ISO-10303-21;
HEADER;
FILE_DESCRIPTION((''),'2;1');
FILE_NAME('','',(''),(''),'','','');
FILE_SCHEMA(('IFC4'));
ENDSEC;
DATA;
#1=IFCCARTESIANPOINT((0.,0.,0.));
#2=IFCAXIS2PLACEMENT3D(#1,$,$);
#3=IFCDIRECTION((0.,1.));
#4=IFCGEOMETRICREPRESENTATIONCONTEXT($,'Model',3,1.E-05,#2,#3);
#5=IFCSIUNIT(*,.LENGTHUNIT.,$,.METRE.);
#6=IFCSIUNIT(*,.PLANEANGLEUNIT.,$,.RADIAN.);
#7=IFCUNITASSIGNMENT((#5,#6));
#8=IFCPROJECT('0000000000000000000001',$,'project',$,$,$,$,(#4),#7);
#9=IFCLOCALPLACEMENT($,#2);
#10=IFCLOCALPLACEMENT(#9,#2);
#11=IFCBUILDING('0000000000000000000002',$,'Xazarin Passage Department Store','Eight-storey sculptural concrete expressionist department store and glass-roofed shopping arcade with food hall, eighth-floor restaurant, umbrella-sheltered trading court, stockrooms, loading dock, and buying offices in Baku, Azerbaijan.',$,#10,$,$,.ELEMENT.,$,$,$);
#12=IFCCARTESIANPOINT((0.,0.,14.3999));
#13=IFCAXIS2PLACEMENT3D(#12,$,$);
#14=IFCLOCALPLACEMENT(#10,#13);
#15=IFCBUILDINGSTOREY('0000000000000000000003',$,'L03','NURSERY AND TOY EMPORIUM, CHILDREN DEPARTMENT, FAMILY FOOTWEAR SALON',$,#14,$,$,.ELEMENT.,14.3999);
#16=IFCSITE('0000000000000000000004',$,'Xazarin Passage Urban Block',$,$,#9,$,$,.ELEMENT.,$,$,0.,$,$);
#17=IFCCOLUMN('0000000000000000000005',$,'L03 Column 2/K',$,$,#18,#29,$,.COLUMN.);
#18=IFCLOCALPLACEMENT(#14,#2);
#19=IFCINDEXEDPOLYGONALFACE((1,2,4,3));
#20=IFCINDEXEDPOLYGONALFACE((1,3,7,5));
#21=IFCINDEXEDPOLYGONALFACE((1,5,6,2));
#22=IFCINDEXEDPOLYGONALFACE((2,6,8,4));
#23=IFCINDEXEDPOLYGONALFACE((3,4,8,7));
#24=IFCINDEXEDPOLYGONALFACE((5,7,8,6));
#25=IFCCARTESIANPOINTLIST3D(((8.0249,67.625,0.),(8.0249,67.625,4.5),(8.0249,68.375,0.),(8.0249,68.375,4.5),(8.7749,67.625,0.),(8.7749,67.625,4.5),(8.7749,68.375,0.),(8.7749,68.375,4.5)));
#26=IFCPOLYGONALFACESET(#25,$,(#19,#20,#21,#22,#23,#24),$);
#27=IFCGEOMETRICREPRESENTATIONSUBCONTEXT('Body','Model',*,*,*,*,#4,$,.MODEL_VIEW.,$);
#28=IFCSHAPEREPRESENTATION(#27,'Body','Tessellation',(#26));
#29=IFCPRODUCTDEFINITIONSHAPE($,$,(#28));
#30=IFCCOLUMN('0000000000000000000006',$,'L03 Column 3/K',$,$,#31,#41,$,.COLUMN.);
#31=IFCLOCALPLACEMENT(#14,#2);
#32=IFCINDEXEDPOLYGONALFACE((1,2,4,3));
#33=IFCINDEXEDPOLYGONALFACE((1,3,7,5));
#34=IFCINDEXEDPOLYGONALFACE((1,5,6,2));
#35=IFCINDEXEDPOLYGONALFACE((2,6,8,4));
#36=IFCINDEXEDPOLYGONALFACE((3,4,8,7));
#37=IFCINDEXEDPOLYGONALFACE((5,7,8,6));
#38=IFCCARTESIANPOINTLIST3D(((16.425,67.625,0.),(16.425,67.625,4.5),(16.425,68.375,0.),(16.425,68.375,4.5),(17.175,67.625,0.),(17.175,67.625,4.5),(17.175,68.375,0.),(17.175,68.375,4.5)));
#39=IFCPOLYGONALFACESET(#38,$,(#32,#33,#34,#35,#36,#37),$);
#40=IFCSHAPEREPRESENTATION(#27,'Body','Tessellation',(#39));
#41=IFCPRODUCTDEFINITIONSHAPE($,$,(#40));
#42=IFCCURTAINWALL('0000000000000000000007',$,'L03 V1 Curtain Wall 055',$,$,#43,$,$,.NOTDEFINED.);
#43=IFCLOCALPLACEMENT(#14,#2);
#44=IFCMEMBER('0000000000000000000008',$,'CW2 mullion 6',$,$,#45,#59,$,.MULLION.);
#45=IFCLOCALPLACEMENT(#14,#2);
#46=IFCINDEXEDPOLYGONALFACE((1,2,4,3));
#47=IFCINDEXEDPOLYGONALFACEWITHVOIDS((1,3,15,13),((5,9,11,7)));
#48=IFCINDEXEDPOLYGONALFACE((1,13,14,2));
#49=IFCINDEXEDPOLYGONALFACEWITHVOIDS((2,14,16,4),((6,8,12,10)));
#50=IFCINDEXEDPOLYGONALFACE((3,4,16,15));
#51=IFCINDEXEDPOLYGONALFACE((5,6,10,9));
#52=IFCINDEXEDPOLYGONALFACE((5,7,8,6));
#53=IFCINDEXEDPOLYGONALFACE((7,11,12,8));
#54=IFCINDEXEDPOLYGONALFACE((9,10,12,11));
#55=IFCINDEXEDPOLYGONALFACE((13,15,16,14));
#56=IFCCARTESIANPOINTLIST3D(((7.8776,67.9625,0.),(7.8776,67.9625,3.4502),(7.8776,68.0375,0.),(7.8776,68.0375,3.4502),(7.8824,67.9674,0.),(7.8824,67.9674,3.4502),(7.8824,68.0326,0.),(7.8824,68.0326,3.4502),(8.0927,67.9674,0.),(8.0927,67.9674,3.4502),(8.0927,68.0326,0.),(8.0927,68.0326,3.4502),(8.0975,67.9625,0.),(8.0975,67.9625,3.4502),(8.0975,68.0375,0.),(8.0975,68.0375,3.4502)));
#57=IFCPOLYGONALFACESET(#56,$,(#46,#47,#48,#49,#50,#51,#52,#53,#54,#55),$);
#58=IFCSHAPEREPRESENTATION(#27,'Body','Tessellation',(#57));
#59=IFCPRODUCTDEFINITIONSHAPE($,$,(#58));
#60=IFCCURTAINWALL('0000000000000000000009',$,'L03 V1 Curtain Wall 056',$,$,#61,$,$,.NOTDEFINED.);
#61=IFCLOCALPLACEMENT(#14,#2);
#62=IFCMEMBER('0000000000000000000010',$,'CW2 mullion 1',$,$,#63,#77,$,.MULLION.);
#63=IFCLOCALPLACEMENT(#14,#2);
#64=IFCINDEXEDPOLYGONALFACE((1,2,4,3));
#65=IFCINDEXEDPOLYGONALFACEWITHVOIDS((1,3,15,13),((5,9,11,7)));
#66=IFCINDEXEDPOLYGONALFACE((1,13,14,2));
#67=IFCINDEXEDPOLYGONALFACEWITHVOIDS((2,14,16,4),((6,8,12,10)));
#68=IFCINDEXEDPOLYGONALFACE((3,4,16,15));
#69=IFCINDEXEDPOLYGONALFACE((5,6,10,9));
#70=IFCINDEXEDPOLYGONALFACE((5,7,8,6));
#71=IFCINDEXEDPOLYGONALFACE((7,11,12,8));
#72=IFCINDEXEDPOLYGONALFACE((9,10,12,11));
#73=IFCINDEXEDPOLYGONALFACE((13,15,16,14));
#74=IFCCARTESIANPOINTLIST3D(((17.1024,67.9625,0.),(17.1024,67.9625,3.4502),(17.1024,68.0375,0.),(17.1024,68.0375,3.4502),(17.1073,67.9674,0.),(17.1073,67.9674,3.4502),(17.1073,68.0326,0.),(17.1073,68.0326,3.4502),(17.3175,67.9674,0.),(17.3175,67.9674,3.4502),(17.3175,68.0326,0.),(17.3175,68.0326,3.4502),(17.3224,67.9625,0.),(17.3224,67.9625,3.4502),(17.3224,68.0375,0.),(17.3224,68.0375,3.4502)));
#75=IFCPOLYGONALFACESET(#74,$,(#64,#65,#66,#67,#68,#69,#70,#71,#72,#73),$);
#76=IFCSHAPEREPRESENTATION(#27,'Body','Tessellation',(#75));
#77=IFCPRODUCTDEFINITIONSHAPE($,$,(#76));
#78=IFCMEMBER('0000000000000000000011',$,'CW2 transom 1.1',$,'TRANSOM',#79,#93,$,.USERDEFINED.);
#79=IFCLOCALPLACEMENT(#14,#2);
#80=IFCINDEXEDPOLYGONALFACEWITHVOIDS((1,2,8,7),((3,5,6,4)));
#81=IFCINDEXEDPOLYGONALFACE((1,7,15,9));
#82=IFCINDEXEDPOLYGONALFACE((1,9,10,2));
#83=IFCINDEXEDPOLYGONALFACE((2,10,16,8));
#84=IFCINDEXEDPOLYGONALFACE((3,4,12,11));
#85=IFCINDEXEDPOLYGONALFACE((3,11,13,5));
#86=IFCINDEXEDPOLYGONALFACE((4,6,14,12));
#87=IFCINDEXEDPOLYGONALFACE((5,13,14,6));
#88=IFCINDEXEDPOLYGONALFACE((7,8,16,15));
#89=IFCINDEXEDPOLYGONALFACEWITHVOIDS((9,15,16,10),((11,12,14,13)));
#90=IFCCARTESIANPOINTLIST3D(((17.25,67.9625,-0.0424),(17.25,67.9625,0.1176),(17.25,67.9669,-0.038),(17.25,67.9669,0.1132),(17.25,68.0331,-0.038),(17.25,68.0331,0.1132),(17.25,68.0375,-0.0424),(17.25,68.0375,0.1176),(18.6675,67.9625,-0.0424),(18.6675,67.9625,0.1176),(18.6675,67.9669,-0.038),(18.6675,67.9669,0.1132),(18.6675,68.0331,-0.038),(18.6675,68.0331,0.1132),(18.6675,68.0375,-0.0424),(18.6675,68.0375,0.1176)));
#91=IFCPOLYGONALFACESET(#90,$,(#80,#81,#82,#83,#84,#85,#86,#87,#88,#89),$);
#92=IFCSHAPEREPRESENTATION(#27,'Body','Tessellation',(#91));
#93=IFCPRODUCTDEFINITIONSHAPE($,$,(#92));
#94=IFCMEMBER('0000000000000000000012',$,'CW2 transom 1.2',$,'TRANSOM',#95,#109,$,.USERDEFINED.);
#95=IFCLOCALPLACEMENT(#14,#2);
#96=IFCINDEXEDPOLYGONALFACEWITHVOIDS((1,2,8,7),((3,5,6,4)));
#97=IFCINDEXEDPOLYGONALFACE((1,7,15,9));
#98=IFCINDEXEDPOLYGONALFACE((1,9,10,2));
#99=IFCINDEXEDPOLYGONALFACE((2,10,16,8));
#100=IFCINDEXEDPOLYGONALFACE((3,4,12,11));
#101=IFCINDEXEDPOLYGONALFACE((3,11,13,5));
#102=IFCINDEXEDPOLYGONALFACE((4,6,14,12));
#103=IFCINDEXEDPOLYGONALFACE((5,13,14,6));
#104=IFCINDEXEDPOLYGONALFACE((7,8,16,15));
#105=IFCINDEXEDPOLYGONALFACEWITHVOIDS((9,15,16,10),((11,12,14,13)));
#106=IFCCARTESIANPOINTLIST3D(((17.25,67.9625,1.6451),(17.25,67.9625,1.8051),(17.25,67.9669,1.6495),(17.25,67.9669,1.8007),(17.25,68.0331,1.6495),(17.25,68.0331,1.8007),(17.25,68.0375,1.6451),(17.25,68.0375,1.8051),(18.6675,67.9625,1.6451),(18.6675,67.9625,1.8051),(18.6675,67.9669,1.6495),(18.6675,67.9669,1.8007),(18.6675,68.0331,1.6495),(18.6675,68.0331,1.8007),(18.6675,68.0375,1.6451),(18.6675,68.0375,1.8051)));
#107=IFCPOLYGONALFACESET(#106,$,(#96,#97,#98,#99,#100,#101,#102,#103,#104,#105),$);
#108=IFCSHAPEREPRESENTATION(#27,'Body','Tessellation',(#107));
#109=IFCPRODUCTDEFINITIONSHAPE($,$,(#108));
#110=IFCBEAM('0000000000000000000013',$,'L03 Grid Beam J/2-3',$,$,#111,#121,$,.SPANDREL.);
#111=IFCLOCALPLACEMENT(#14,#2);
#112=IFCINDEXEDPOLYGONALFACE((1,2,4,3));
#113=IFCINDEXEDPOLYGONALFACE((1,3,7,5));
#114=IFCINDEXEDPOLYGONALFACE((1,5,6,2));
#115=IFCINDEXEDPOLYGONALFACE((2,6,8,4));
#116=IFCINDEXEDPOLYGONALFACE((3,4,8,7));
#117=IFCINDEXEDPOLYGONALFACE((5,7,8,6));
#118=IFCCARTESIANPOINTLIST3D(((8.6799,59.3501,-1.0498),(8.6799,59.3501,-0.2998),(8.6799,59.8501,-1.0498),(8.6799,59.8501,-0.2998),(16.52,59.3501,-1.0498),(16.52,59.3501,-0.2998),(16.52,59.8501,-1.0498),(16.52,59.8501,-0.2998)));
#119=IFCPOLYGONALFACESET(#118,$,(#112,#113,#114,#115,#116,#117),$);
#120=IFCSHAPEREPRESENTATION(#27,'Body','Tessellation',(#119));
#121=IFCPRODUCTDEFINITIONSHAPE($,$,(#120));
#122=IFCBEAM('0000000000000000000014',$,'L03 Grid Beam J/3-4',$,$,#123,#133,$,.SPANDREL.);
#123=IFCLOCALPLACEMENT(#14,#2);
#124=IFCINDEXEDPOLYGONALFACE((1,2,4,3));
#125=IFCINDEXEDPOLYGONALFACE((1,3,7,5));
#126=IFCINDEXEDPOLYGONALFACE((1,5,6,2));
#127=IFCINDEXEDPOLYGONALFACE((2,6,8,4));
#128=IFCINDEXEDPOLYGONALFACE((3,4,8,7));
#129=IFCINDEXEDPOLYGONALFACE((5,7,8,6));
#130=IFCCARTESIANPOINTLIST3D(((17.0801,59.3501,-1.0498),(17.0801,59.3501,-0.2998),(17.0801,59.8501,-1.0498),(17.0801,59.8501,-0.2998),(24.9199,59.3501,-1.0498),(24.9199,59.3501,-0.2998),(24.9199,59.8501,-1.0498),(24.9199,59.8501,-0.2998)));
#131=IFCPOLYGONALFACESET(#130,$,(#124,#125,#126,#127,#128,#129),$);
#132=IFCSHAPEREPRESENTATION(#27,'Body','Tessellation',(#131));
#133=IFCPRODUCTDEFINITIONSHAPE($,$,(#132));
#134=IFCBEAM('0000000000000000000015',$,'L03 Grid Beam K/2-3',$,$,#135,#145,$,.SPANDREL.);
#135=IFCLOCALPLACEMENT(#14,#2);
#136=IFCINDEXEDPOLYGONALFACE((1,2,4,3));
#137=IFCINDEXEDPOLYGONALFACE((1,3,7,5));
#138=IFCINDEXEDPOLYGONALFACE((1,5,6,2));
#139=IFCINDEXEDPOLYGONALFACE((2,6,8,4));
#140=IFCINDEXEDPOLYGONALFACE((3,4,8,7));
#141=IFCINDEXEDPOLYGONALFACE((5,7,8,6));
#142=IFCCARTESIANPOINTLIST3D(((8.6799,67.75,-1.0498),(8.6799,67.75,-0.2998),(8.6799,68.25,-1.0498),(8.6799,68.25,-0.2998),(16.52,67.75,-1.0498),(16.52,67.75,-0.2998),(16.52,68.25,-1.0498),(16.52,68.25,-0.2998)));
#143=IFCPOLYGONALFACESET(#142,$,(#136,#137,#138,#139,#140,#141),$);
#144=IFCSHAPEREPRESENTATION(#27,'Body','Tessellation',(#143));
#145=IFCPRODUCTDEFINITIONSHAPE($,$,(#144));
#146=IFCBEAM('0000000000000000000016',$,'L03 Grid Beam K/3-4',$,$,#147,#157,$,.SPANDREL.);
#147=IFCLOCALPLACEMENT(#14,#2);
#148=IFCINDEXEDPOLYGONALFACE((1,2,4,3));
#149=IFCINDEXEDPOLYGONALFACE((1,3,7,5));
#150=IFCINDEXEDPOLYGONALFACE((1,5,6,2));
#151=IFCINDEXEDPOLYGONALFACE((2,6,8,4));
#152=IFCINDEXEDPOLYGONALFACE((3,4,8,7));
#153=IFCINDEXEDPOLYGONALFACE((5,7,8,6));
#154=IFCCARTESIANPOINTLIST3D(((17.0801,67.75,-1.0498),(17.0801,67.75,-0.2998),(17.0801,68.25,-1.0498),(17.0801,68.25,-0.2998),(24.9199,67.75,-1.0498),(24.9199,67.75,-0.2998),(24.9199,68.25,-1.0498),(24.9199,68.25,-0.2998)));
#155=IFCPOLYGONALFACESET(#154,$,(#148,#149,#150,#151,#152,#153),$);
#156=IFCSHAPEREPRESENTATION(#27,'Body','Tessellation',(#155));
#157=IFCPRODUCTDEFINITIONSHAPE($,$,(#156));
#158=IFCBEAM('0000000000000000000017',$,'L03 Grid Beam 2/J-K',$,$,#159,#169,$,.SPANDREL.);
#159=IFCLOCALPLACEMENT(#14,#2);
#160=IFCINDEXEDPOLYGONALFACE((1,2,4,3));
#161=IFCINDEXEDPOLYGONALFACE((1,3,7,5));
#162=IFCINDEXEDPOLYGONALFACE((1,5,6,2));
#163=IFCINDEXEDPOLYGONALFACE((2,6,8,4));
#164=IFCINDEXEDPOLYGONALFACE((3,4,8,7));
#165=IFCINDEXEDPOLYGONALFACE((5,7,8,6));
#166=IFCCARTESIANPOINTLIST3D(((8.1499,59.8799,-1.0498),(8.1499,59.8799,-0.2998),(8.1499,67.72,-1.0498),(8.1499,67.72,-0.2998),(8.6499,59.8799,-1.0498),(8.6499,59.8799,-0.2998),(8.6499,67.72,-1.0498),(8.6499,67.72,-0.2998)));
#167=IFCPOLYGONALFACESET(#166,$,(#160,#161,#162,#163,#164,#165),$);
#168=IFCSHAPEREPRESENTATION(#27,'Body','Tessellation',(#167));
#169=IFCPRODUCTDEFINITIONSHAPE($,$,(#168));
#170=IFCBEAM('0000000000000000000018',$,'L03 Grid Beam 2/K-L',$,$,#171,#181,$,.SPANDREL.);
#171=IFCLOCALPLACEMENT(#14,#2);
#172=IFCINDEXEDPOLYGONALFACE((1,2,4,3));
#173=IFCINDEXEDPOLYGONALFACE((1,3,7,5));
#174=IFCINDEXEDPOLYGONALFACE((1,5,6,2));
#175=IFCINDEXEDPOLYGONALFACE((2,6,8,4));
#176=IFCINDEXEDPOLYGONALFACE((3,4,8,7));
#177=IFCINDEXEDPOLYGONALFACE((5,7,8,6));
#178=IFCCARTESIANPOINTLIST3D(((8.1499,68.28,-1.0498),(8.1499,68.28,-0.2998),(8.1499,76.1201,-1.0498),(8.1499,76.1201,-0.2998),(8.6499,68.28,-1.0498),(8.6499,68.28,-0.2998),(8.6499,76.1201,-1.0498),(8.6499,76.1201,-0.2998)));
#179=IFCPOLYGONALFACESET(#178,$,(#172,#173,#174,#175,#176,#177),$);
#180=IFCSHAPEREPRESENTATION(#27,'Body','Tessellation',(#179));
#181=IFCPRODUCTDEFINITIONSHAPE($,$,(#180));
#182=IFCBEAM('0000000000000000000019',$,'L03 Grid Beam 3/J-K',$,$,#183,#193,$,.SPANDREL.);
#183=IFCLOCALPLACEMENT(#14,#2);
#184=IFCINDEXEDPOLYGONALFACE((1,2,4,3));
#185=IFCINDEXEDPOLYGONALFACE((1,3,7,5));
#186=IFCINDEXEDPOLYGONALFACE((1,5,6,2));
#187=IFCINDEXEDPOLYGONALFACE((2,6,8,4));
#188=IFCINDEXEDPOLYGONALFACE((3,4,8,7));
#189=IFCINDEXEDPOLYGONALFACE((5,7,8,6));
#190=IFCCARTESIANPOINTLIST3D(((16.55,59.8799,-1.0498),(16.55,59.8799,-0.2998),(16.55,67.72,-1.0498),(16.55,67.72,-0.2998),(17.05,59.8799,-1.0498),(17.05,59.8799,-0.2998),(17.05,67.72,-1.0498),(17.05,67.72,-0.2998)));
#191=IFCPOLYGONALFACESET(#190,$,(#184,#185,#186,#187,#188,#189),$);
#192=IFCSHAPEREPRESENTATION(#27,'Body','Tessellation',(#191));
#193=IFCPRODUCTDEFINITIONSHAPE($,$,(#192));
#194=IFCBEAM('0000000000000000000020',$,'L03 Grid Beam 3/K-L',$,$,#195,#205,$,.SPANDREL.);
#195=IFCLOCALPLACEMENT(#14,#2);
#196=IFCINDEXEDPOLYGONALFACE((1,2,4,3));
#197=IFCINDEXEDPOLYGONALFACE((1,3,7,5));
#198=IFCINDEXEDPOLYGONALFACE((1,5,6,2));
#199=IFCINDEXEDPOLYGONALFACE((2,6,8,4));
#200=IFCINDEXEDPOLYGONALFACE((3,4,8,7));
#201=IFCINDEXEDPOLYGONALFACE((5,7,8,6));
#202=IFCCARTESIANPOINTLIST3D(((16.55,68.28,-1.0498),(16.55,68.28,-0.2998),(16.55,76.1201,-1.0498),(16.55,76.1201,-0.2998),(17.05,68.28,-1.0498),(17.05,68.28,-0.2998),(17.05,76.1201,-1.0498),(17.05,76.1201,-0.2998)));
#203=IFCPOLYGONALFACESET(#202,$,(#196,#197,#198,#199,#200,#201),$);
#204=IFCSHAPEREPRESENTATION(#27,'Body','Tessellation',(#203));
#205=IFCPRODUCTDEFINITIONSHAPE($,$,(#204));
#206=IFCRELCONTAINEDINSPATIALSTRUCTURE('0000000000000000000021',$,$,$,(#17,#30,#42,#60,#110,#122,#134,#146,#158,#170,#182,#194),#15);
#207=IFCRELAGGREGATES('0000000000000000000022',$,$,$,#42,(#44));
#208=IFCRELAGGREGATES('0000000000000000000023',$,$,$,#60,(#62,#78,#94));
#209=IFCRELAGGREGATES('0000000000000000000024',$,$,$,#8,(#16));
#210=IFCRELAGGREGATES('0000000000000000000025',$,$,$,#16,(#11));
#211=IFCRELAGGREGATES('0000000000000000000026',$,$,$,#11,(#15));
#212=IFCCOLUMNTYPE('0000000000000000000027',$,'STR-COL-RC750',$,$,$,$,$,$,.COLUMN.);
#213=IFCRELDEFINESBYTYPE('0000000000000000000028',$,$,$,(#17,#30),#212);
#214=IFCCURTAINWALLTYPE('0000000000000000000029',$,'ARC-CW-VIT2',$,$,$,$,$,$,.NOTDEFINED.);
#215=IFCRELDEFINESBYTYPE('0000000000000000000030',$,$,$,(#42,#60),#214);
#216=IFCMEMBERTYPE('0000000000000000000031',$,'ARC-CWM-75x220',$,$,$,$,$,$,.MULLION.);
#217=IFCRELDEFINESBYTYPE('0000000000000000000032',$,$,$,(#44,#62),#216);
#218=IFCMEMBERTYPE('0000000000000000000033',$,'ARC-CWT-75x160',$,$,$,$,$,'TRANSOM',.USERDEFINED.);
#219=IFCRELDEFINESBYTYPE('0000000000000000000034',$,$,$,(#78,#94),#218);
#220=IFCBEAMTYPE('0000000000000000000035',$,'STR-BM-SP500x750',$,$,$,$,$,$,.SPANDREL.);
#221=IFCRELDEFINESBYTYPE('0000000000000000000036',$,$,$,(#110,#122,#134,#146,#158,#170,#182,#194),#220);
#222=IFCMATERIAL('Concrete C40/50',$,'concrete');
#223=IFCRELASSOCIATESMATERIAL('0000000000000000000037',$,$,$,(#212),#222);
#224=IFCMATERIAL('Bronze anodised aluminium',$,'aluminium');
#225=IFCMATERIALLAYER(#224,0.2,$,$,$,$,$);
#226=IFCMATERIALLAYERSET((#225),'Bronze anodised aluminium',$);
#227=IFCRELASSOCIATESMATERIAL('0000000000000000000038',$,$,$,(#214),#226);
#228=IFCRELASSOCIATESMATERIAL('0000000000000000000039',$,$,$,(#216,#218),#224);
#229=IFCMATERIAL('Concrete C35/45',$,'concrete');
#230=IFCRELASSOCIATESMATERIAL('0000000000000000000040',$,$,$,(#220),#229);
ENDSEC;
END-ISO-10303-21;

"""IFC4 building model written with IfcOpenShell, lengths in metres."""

from ifc_helpers import new_model, si_unit, direction, frame, origin, origin_2d, place, context, subcontext, project, spatial, rectangle, hollow_rectangle, extrude, material, layer, layer_set, material_profile, profile_set, type_object, element, aggregate, save


model = new_model("IFC4")

# Units and contexts
model_context = context("Model", 3, precision=1e-05, world=origin(), true_north=direction((0.0, 1.0)))
body_context = subcontext(model_context, "Body", "Model", "MODEL_VIEW")
ifc_project = project(units=[si_unit("LENGTHUNIT", "METRE"), si_unit("PLANEANGLEUNIT", "RADIAN")], contexts=[model_context])

# Site, building, storey
site_placement = place(None, origin())
site = spatial("IfcSite", under=ifc_project, at=site_placement, Name="Xazarin Passage Urban Block", CompositionType="ELEMENT", RefElevation=0.0)
building_placement = place(site_placement, origin())
building = spatial("IfcBuilding", under=site, at=building_placement, Name="Xazarin Passage Department Store", Description="Eight-storey sculptural concrete expressionist department store and glass-roofed shopping arcade with food hall, eighth-floor restaurant, umbrella-sheltered trading court, stockrooms, loading dock, and buying offices in Baku, Azerbaijan.", CompositionType="ELEMENT")
storey_placement = place(building_placement, frame((0.0, 0.0, 14.3999)))
storey = spatial("IfcBuildingStorey", under=building, at=storey_placement, Name="L03", Description="NURSERY AND TOY EMPORIUM, CHILDREN DEPARTMENT, FAMILY FOOTWEAR SALON", CompositionType="ELEMENT", Elevation=14.3999)

# Columns
ifc_material_1 = material(Name="Concrete C40/50", Category="concrete")
ifc_material_profile_1 = material_profile(ifc_material_1, rectangle(XDim=0.75, YDim=0.75, at=origin_2d()), Name="RC 750x750")
ifc_profile_set_1 = profile_set([ifc_material_profile_1], Name="Concrete C40/50")
column_type = type_object("IfcColumnType", Name="STR-COL-RC750", PredefinedType="COLUMN", material=ifc_profile_set_1)
for number, where, z_axis, x_axis, name in (
    (1, (8.3999, 68.0, 0.0), (0.0, 0.0, 1.0), (1.0, 0.0, 0.0), "L03 Column 2/K"),
    (2, (16.8, 68.0, 0.0), (0.0, 0.0, 1.0), (1.0, 0.0, 0.0), "L03 Column 3/K"),
):
    element("IfcColumn", number, at=place(storey_placement, frame(where, z_axis=z_axis, x_axis=x_axis)), inside=storey, type_object=column_type, Name=name, PredefinedType="COLUMN", context=body_context, shape_type="SweptSolid", body=[
        extrude(rectangle(XDim=0.75, YDim=0.75, at=origin_2d()), origin(), (0.0, 0.0, 1.0), 4.5),
    ])

# Curtain wall, member
ifc_material_2 = material(Name="Bronze anodised aluminium", Category="aluminium")
ifc_layer_1 = layer(ifc_material_2, 0.2)
ifc_layer_set_1 = layer_set([ifc_layer_1], Name="Bronze anodised aluminium")
curtain_wall_type = type_object("IfcCurtainWallType", Name="ARC-CW-VIT2", PredefinedType="NOTDEFINED", material=ifc_layer_set_1)
curtain_wall_1_placement = place(storey_placement, origin())
curtain_wall_1 = element("IfcCurtainWall", 3, at=curtain_wall_1_placement, inside=storey, type_object=curtain_wall_type, Name="L03 V1 Curtain Wall 055", PredefinedType="NOTDEFINED")
ifc_material_profile_2 = material_profile(ifc_material_2, hollow_rectangle(XDim=0.075, YDim=0.22, WallThickness=0.0049, at=origin_2d()), Name="ALU 75x220")
ifc_profile_set_2 = profile_set([ifc_material_profile_2], Name="Bronze anodised aluminium")
member_type_1 = type_object("IfcMemberType", Name="ARC-CWM-75x220", PredefinedType="MULLION", material=ifc_profile_set_2)
member_1_placement = place(storey_placement, frame((7.9875, 68.0, 0.0), z_axis=(0.0, 0.0, 1.0), x_axis=(0.0, 1.0, 0.0)))
member_1 = element("IfcMember", 4, at=member_1_placement, type_object=member_type_1, Name="CW2 mullion 6", PredefinedType="MULLION", context=body_context, shape_type="SweptSolid", body=[
    extrude(hollow_rectangle(XDim=0.075, YDim=0.22, WallThickness=0.0049, at=origin_2d()), origin(), (0.0, 0.0, 1.0), 3.4502),
])
aggregate(curtain_wall_1, [member_1])

# Curtain wall, members
curtain_wall_2_placement = place(storey_placement, origin())
curtain_wall_2 = element("IfcCurtainWall", 5, at=curtain_wall_2_placement, inside=storey, type_object=curtain_wall_type, Name="L03 V1 Curtain Wall 056", PredefinedType="NOTDEFINED")
member_2_placement = place(storey_placement, frame((17.2124, 68.0, 0.0), z_axis=(0.0, 0.0, 1.0), x_axis=(0.0, 1.0, 0.0)))
member_2 = element("IfcMember", 6, at=member_2_placement, type_object=member_type_1, Name="CW2 mullion 1", PredefinedType="MULLION", context=body_context, shape_type="SweptSolid", body=[
    extrude(hollow_rectangle(XDim=0.075, YDim=0.22, WallThickness=0.0049, at=origin_2d()), origin(), (0.0, 0.0, 1.0), 3.4502),
])
ifc_material_profile_3 = material_profile(ifc_material_2, hollow_rectangle(XDim=0.075, YDim=0.1599, WallThickness=0.0044, at=origin_2d()), Name="ALU 75x160")
ifc_profile_set_3 = profile_set([ifc_material_profile_3], Name="Bronze anodised aluminium")
member_type_2 = type_object("IfcMemberType", Name="ARC-CWT-75x160", ElementType="TRANSOM", PredefinedType="USERDEFINED", material=ifc_profile_set_3)
member_3_placement = place(storey_placement, frame((17.25, 68.0, 0.0376), z_axis=(1.0, 0.0, 0.0), x_axis=(0.0, 1.0, 0.0)))
member_3 = element("IfcMember", 7, at=member_3_placement, type_object=member_type_2, Name="CW2 transom 1.1", ObjectType="TRANSOM", PredefinedType="USERDEFINED", context=body_context, shape_type="SweptSolid", body=[
    extrude(hollow_rectangle(XDim=0.075, YDim=0.1599, WallThickness=0.0044, at=origin_2d()), origin(), (0.0, 0.0, 1.0), 1.4175),
])
member_4_placement = place(storey_placement, frame((17.25, 68.0, 1.7251), z_axis=(1.0, 0.0, 0.0), x_axis=(0.0, 1.0, 0.0)))
member_4 = element("IfcMember", 8, at=member_4_placement, type_object=member_type_2, Name="CW2 transom 1.2", ObjectType="TRANSOM", PredefinedType="USERDEFINED", context=body_context, shape_type="SweptSolid", body=[
    extrude(hollow_rectangle(XDim=0.075, YDim=0.1599, WallThickness=0.0044, at=origin_2d()), origin(), (0.0, 0.0, 1.0), 1.4175),
])
aggregate(curtain_wall_2, [member_2, member_3, member_4])

# Beams
ifc_material_3 = material(Name="Concrete C35/45", Category="concrete")
ifc_material_profile_4 = material_profile(ifc_material_3, rectangle(XDim=0.5, YDim=0.75, at=origin_2d()), Name="RC 500x750")
ifc_profile_set_4 = profile_set([ifc_material_profile_4], Name="Concrete C35/45")
beam_type = type_object("IfcBeamType", Name="STR-BM-SP500x750", PredefinedType="SPANDREL", material=ifc_profile_set_4)
beam_1_placement = place(storey_placement, frame((8.6799, 59.6001, -0.6748), z_axis=(1.0, 0.0, 0.0), x_axis=(0.0, 1.0, 0.0)))
element("IfcBeam", 9, at=beam_1_placement, inside=storey, type_object=beam_type, Name="L03 Grid Beam J/2-3", PredefinedType="SPANDREL", context=body_context, shape_type="SweptSolid", body=[
    extrude(rectangle(XDim=0.5, YDim=0.75, at=origin_2d()), origin(), (0.0, 0.0, 1.0), 7.8401),
])
beam_2_placement = place(storey_placement, frame((17.0801, 59.6001, -0.6748), z_axis=(1.0, 0.0, 0.0), x_axis=(0.0, 1.0, 0.0)))
element("IfcBeam", 10, at=beam_2_placement, inside=storey, type_object=beam_type, Name="L03 Grid Beam J/3-4", PredefinedType="SPANDREL", context=body_context, shape_type="SweptSolid", body=[
    extrude(rectangle(XDim=0.5, YDim=0.75, at=origin_2d()), origin(), (0.0, 0.0, 1.0), 7.8398),
])
beam_3_placement = place(storey_placement, frame((8.6799, 68.0, -0.6748), z_axis=(1.0, 0.0, 0.0), x_axis=(0.0, 1.0, 0.0)))
element("IfcBeam", 11, at=beam_3_placement, inside=storey, type_object=beam_type, Name="L03 Grid Beam K/2-3", PredefinedType="SPANDREL", context=body_context, shape_type="SweptSolid", body=[
    extrude(rectangle(XDim=0.5, YDim=0.75, at=origin_2d()), origin(), (0.0, 0.0, 1.0), 7.8401),
])
beam_4_placement = place(storey_placement, frame((17.0801, 68.0, -0.6748), z_axis=(1.0, 0.0, 0.0), x_axis=(0.0, 1.0, 0.0)))
element("IfcBeam", 12, at=beam_4_placement, inside=storey, type_object=beam_type, Name="L03 Grid Beam K/3-4", PredefinedType="SPANDREL", context=body_context, shape_type="SweptSolid", body=[
    extrude(rectangle(XDim=0.5, YDim=0.75, at=origin_2d()), origin(), (0.0, 0.0, 1.0), 7.8398),
])
for number, where, z_axis, x_axis, name in (
    (13, (8.3999, 59.8799, -0.6748), (0.0, 1.0, 0.0), (-1.0, 0.0, 0.0), "L03 Grid Beam 2/J-K"),
    (14, (8.3999, 68.28, -0.6748), (0.0, 1.0, 0.0), (-1.0, 0.0, 0.0), "L03 Grid Beam 2/K-L"),
    (15, (16.8, 59.8799, -0.6748), (0.0, 1.0, 0.0), (-1.0, 0.0, 0.0), "L03 Grid Beam 3/J-K"),
    (16, (16.8, 68.28, -0.6748), (0.0, 1.0, 0.0), (-1.0, 0.0, 0.0), "L03 Grid Beam 3/K-L"),
):
    element("IfcBeam", number, at=place(storey_placement, frame(where, z_axis=z_axis, x_axis=x_axis)), inside=storey, type_object=beam_type, Name=name, PredefinedType="SPANDREL", context=body_context, shape_type="SweptSolid", body=[
        extrude(rectangle(XDim=0.5, YDim=0.75, at=origin_2d()), origin(), (0.0, 0.0, 1.0), 7.8401),
    ])

save(model, "model.ifc")
